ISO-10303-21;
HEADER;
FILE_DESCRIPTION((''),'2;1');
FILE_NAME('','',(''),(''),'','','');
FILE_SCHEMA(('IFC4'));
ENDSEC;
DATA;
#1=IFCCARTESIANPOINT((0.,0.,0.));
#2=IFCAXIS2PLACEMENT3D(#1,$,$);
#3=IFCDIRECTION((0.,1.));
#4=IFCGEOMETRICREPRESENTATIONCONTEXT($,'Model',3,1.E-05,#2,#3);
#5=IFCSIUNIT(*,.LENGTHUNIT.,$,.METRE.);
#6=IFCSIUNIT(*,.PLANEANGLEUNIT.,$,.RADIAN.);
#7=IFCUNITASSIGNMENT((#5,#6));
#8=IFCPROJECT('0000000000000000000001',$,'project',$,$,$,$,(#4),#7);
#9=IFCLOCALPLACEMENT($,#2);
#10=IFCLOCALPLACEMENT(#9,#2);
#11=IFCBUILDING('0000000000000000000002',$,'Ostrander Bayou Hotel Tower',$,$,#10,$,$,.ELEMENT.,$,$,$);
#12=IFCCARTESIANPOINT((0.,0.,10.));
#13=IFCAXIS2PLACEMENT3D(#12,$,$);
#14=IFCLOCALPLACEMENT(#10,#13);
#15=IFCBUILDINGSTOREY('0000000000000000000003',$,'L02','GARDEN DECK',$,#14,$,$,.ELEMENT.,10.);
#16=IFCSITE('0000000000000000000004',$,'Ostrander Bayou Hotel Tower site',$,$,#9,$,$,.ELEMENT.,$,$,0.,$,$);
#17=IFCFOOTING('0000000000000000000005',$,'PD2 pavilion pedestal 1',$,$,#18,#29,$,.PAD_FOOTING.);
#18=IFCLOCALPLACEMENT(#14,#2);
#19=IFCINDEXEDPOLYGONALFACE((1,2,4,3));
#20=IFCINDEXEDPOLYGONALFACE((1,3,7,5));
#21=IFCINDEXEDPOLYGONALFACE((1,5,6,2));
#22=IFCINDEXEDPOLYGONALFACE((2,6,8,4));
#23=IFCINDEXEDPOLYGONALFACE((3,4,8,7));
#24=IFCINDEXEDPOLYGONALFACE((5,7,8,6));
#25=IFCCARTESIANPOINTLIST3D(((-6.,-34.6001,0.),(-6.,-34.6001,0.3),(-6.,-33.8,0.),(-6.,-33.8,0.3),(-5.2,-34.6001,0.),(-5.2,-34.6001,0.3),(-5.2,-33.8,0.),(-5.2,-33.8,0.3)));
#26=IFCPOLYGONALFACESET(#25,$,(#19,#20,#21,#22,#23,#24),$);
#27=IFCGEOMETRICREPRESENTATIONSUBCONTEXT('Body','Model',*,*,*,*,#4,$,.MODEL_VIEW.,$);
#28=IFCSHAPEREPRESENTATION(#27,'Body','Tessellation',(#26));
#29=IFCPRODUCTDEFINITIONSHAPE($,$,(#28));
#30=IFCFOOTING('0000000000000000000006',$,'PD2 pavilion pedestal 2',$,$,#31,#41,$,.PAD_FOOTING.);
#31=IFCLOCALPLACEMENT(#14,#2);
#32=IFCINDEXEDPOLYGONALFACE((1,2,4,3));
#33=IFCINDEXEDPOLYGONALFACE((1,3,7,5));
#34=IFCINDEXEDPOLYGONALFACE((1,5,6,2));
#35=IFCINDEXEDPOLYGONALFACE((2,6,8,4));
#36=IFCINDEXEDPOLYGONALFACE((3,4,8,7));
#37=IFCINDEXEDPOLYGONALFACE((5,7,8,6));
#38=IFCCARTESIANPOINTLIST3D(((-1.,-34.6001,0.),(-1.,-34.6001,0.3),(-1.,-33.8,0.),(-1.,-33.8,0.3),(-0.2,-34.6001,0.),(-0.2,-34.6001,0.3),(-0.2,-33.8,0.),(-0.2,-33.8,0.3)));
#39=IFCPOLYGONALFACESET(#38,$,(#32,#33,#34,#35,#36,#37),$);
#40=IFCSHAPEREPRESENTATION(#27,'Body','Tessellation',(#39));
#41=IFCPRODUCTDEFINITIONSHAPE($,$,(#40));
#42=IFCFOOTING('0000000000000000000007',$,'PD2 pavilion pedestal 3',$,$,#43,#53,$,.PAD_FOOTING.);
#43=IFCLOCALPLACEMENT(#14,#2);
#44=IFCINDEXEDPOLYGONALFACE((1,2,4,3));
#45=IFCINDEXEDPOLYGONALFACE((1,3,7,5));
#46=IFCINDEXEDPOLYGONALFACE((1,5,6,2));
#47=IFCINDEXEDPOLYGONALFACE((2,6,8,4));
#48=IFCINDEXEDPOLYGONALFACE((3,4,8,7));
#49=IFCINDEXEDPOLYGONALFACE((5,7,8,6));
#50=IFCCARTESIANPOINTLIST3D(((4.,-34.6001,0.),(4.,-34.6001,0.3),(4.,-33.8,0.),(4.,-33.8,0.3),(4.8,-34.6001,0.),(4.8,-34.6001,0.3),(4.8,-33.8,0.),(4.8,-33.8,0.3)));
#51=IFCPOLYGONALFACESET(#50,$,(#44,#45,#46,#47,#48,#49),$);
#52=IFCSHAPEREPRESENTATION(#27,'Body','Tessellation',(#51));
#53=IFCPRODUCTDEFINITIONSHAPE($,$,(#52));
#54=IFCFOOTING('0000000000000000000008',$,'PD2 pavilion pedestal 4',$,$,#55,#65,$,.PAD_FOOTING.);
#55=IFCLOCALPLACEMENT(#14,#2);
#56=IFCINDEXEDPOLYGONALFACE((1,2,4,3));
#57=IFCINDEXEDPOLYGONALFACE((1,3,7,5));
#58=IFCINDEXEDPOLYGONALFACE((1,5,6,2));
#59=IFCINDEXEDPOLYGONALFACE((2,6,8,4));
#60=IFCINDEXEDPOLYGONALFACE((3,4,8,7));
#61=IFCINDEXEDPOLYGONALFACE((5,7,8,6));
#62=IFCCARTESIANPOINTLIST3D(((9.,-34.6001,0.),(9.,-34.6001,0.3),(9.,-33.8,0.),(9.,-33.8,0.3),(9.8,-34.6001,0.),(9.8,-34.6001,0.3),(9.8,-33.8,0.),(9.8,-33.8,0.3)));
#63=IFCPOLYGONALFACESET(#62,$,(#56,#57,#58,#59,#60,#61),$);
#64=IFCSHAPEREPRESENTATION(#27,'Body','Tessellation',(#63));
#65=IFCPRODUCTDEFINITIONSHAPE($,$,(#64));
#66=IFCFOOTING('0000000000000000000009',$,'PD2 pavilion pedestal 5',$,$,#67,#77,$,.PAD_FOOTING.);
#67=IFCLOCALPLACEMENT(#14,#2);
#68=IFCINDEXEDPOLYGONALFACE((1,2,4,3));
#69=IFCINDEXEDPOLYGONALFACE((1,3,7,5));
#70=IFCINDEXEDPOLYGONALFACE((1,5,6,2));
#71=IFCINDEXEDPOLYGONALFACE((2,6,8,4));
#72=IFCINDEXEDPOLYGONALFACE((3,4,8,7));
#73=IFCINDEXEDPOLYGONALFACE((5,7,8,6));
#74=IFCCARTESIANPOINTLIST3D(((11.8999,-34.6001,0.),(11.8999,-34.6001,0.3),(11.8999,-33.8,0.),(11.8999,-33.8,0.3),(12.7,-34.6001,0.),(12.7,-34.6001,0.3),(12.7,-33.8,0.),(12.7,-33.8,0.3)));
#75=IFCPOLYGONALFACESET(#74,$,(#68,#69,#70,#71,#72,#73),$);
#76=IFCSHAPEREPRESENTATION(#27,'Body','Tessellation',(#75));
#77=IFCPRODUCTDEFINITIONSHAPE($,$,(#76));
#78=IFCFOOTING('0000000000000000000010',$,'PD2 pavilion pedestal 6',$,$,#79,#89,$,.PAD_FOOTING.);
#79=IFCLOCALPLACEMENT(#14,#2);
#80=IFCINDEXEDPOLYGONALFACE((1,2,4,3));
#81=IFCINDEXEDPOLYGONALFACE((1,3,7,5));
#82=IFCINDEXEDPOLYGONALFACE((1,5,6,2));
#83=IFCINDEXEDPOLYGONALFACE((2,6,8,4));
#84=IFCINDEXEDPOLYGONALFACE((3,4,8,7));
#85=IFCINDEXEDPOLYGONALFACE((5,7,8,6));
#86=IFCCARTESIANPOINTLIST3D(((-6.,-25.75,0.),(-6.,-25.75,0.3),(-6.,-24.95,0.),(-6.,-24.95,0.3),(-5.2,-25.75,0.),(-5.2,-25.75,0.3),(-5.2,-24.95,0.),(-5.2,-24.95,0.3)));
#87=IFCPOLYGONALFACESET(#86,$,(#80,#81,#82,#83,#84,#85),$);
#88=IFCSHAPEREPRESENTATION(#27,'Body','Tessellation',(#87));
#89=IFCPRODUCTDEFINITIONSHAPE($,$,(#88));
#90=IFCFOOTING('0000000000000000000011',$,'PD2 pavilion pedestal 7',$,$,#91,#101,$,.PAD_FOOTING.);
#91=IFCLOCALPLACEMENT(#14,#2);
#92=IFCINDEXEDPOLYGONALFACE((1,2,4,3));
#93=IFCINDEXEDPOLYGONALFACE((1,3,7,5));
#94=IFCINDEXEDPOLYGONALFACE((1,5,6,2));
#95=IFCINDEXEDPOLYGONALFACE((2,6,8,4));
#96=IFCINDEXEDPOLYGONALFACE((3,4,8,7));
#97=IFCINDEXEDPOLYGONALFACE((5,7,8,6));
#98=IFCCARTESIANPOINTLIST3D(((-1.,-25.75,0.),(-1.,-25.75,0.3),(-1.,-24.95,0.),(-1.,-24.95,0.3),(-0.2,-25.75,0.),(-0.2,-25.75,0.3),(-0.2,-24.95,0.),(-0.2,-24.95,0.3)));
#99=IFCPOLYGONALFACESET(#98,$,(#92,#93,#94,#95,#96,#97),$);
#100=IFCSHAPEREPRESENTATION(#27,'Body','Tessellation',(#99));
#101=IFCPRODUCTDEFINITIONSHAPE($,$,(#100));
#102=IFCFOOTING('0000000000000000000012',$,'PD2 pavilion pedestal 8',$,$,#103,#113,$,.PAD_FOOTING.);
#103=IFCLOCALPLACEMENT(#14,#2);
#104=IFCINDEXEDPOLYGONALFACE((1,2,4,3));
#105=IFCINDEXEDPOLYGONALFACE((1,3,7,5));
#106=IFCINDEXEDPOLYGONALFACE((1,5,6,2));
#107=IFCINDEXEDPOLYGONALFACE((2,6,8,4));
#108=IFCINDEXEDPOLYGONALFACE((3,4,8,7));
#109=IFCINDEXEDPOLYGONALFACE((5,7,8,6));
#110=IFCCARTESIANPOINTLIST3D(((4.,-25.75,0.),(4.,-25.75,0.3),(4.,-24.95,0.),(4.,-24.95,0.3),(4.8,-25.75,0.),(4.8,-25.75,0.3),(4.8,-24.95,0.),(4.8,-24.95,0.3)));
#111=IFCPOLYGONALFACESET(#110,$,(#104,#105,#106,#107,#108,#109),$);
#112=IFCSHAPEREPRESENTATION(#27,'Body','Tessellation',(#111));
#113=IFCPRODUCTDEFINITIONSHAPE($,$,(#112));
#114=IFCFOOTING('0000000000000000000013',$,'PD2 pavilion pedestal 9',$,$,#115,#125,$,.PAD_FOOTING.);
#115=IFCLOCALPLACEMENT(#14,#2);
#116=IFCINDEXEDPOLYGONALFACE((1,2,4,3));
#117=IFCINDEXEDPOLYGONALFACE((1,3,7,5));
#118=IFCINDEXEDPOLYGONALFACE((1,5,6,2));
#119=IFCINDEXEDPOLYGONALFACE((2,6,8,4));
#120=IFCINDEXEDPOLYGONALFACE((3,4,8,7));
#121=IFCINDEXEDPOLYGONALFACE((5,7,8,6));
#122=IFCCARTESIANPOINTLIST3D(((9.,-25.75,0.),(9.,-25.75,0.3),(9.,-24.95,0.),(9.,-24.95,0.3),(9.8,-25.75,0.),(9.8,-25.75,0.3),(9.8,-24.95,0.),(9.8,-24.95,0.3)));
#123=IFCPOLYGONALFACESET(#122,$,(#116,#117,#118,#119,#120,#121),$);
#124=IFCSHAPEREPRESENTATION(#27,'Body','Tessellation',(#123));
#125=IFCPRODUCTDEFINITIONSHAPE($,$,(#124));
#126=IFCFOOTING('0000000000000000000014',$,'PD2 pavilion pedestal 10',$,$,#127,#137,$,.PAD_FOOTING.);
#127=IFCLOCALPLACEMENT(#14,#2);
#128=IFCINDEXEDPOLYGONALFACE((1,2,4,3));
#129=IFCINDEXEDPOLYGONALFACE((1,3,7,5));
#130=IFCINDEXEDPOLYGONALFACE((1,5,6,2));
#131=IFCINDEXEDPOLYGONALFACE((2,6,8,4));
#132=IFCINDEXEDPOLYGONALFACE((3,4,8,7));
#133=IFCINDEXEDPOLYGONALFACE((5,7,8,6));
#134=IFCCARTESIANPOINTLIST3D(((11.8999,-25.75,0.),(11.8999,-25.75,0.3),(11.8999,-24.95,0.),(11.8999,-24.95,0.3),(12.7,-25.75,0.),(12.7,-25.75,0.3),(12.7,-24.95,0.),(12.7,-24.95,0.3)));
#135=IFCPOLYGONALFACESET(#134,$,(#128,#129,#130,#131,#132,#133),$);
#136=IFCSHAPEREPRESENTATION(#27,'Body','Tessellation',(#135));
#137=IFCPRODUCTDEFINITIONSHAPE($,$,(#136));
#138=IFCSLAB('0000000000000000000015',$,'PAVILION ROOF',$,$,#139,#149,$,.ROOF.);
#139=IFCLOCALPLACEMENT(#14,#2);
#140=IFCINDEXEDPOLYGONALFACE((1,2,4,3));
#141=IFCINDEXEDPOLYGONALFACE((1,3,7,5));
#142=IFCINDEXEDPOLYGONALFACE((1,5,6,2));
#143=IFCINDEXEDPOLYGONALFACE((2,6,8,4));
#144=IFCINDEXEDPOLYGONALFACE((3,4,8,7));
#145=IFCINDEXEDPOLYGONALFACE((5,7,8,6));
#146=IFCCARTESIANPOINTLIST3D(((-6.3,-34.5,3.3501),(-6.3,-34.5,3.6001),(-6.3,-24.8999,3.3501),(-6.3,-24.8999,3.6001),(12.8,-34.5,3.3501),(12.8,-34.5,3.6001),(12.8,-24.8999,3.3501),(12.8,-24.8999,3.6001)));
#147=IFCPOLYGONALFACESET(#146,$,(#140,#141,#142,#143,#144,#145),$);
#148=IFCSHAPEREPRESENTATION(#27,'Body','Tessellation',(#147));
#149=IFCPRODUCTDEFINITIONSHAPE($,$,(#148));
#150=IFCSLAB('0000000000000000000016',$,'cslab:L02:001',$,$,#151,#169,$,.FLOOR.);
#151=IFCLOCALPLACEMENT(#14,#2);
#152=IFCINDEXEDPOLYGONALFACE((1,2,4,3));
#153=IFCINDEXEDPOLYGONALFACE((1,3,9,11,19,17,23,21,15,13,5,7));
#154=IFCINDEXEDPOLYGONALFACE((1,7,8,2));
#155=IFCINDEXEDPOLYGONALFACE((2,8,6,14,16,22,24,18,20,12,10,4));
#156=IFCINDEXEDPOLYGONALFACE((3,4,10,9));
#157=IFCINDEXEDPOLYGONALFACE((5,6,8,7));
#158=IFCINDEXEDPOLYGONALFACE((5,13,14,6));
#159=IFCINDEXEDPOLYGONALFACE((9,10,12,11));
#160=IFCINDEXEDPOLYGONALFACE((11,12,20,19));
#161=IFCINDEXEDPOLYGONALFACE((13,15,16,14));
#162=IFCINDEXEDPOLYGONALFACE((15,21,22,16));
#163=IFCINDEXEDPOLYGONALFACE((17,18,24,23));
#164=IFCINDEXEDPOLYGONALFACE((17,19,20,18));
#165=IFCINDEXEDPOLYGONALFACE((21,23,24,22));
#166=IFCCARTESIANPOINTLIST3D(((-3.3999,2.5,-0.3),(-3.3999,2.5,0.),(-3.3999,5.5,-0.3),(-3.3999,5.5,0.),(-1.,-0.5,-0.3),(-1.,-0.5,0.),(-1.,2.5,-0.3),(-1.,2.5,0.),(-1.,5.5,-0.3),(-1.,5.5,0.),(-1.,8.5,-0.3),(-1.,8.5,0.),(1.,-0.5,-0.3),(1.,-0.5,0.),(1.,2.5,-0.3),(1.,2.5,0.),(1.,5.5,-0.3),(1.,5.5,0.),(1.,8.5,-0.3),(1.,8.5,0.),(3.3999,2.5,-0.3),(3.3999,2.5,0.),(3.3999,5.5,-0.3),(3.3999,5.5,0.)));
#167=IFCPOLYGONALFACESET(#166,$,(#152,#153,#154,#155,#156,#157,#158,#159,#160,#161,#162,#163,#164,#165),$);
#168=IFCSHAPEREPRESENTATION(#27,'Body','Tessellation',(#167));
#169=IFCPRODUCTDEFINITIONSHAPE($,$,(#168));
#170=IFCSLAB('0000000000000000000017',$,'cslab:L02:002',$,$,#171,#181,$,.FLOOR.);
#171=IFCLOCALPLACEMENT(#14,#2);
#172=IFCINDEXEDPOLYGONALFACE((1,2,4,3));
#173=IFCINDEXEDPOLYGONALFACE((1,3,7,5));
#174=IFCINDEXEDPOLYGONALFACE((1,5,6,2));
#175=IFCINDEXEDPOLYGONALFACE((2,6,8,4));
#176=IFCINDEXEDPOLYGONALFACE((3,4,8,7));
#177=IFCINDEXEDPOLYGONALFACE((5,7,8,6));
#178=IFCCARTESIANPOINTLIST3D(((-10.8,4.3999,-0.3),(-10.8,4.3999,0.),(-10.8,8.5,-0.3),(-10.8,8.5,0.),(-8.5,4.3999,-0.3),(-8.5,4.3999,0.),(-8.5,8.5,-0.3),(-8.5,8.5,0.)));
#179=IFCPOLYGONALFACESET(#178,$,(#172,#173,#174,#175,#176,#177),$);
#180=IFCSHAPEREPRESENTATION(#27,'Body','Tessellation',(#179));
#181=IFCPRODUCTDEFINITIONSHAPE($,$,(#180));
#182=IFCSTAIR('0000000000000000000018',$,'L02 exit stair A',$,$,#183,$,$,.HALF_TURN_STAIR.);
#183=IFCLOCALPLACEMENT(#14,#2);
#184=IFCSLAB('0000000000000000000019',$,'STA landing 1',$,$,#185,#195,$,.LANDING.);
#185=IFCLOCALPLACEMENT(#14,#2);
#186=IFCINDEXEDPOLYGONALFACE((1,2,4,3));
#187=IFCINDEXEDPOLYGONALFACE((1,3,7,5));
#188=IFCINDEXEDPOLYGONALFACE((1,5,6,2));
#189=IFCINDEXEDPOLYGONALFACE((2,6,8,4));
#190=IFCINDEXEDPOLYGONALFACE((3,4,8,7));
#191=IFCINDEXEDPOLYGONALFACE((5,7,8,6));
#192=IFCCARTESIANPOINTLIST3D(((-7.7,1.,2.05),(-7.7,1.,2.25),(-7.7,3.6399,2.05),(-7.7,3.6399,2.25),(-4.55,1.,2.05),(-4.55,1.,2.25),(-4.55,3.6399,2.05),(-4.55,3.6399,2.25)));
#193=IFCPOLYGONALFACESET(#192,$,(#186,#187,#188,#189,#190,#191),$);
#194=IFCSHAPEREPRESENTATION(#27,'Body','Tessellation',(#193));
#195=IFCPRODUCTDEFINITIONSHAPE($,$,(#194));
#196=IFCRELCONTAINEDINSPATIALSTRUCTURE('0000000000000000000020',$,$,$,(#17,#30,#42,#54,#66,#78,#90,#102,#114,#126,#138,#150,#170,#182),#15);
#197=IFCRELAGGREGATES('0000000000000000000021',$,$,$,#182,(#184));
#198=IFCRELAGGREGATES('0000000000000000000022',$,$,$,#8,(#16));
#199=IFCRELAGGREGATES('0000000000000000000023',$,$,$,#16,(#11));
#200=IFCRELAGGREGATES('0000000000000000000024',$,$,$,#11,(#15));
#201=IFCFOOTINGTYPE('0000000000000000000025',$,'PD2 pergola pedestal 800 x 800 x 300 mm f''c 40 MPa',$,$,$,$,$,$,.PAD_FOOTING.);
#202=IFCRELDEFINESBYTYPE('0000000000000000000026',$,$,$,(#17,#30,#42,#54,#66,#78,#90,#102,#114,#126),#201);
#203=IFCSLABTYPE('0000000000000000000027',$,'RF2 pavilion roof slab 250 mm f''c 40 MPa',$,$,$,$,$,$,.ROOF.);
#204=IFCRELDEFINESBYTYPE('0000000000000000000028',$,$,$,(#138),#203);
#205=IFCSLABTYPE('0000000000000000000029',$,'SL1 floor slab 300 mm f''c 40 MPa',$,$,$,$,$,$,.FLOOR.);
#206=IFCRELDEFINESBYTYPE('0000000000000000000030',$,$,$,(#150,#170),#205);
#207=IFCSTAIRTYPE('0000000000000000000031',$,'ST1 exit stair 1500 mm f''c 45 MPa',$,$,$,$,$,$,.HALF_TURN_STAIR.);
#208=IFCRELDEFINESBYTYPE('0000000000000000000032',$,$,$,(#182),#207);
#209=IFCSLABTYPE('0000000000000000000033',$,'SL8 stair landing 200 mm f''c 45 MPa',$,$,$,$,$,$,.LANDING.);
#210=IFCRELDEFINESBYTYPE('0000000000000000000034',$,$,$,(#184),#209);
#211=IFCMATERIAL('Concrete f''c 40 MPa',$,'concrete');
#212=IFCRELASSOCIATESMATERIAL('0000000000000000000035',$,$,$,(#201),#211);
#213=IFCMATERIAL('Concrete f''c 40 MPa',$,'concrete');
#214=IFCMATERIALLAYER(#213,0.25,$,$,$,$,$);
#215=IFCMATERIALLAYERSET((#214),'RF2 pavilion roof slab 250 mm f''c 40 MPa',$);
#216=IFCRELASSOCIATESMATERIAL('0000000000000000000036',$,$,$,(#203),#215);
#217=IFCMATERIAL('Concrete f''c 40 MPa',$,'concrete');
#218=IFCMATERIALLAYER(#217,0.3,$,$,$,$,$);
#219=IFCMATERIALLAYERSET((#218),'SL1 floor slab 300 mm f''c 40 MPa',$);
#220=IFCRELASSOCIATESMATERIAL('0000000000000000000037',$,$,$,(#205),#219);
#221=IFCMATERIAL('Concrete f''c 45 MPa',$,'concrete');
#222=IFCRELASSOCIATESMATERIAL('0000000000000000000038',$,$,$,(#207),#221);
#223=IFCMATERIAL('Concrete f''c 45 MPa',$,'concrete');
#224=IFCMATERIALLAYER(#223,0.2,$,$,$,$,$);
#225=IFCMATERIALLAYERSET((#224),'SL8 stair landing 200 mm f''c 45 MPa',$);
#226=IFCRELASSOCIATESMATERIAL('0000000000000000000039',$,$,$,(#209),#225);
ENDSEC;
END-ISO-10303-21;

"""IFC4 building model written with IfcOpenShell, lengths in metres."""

from ifc_helpers import new_model, si_unit, direction, frame, origin, place, context, subcontext, project, spatial, polyline, outline, extrude, material, layer, layer_set, type_object, element, aggregate, save


model = new_model("IFC4")

# Units and contexts
model_context = context("Model", 3, precision=1e-05, world=origin(), true_north=direction((0.0, 1.0)))
body_context = subcontext(model_context, "Body", "Model", "MODEL_VIEW")
ifc_project = project(units=[si_unit("LENGTHUNIT", "METRE"), si_unit("PLANEANGLEUNIT", "RADIAN")], contexts=[model_context])

# Site, building, storey
site_placement = place(None, origin())
site = spatial("IfcSite", under=ifc_project, at=site_placement, Name="Ostrander Bayou Hotel Tower site", CompositionType="ELEMENT", RefElevation=0.0)
building_placement = place(site_placement, origin())
building = spatial("IfcBuilding", under=site, at=building_placement, Name="Ostrander Bayou Hotel Tower", CompositionType="ELEMENT")
storey_placement = place(building_placement, frame((0.0, 0.0, 10.0)))
storey = spatial("IfcBuildingStorey", under=building, at=storey_placement, Name="L02", Description="GARDEN DECK", CompositionType="ELEMENT", Elevation=10.0)

# Footings
ifc_material_1 = material(Name="Concrete f'c 40 MPa", Category="concrete")
footing_type = type_object("IfcFootingType", Name="PD2 pergola pedestal 800 x 800 x 300 mm f'c 40 MPa", PredefinedType="PAD_FOOTING", material=ifc_material_1)
footing_1_placement = place(storey_placement, origin())
element("IfcFooting", 1, at=footing_1_placement, inside=storey, type_object=footing_type, Name="PD2 pavilion pedestal 1", PredefinedType="PAD_FOOTING", context=body_context, shape_type="SweptSolid", body=[
    extrude(outline(polyline([(-5.2, -34.6001), (-5.2, -33.8), (-6.0, -33.8), (-6.0, -34.6001), (-5.2, -34.6001)])), origin(), (0.0, 0.0, 1.0), 0.3),
])
footing_2_placement = place(storey_placement, origin())
element("IfcFooting", 2, at=footing_2_placement, inside=storey, type_object=footing_type, Name="PD2 pavilion pedestal 2", PredefinedType="PAD_FOOTING", context=body_context, shape_type="SweptSolid", body=[
    extrude(outline(polyline([(-0.2, -34.6001), (-0.2, -33.8), (-1.0, -33.8), (-1.0, -34.6001), (-0.2, -34.6001)])), origin(), (0.0, 0.0, 1.0), 0.3),
])
footing_3_placement = place(storey_placement, origin())
element("IfcFooting", 3, at=footing_3_placement, inside=storey, type_object=footing_type, Name="PD2 pavilion pedestal 3", PredefinedType="PAD_FOOTING", context=body_context, shape_type="SweptSolid", body=[
    extrude(outline(polyline([(4.8, -34.6001), (4.8, -33.8), (4.0, -33.8), (4.0, -34.6001), (4.8, -34.6001)])), origin(), (0.0, 0.0, 1.0), 0.3),
])
footing_4_placement = place(storey_placement, origin())
element("IfcFooting", 4, at=footing_4_placement, inside=storey, type_object=footing_type, Name="PD2 pavilion pedestal 4", PredefinedType="PAD_FOOTING", context=body_context, shape_type="SweptSolid", body=[
    extrude(outline(polyline([(9.8, -34.6001), (9.8, -33.8), (9.0, -33.8), (9.0, -34.6001), (9.8, -34.6001)])), origin(), (0.0, 0.0, 1.0), 0.3),
])
footing_5_placement = place(storey_placement, origin())
element("IfcFooting", 5, at=footing_5_placement, inside=storey, type_object=footing_type, Name="PD2 pavilion pedestal 5", PredefinedType="PAD_FOOTING", context=body_context, shape_type="SweptSolid", body=[
    extrude(outline(polyline([(12.7, -34.6001), (12.7, -33.8), (11.8999, -33.8), (11.8999, -34.6001), (12.7, -34.6001)])), origin(), (0.0, 0.0, 1.0), 0.3),
])
footing_6_placement = place(storey_placement, origin())
element("IfcFooting", 6, at=footing_6_placement, inside=storey, type_object=footing_type, Name="PD2 pavilion pedestal 6", PredefinedType="PAD_FOOTING", context=body_context, shape_type="SweptSolid", body=[
    extrude(outline(polyline([(-5.2, -25.75), (-5.2, -24.95), (-6.0, -24.95), (-6.0, -25.75), (-5.2, -25.75)])), origin(), (0.0, 0.0, 1.0), 0.3),
])
footing_7_placement = place(storey_placement, origin())
element("IfcFooting", 7, at=footing_7_placement, inside=storey, type_object=footing_type, Name="PD2 pavilion pedestal 7", PredefinedType="PAD_FOOTING", context=body_context, shape_type="SweptSolid", body=[
    extrude(outline(polyline([(-0.2, -25.75), (-0.2, -24.95), (-1.0, -24.95), (-1.0, -25.75), (-0.2, -25.75)])), origin(), (0.0, 0.0, 1.0), 0.3),
])
footing_8_placement = place(storey_placement, origin())
element("IfcFooting", 8, at=footing_8_placement, inside=storey, type_object=footing_type, Name="PD2 pavilion pedestal 8", PredefinedType="PAD_FOOTING", context=body_context, shape_type="SweptSolid", body=[
    extrude(outline(polyline([(4.8, -25.75), (4.8, -24.95), (4.0, -24.95), (4.0, -25.75), (4.8, -25.75)])), origin(), (0.0, 0.0, 1.0), 0.3),
])
footing_9_placement = place(storey_placement, origin())
element("IfcFooting", 9, at=footing_9_placement, inside=storey, type_object=footing_type, Name="PD2 pavilion pedestal 9", PredefinedType="PAD_FOOTING", context=body_context, shape_type="SweptSolid", body=[
    extrude(outline(polyline([(9.8, -25.75), (9.8, -24.95), (9.0, -24.95), (9.0, -25.75), (9.8, -25.75)])), origin(), (0.0, 0.0, 1.0), 0.3),
])
footing_10_placement = place(storey_placement, origin())
element("IfcFooting", 10, at=footing_10_placement, inside=storey, type_object=footing_type, Name="PD2 pavilion pedestal 10", PredefinedType="PAD_FOOTING", context=body_context, shape_type="SweptSolid", body=[
    extrude(outline(polyline([(12.7, -25.75), (12.7, -24.95), (11.8999, -24.95), (11.8999, -25.75), (12.7, -25.75)])), origin(), (0.0, 0.0, 1.0), 0.3),
])

# Slabs
ifc_material_2 = material(Name="Concrete f'c 40 MPa", Category="concrete")
ifc_layer_1 = layer(ifc_material_2, 0.25)
ifc_layer_set_1 = layer_set([ifc_layer_1], Name="RF2 pavilion roof slab 250 mm f'c 40 MPa")
slab_type_1 = type_object("IfcSlabType", Name="RF2 pavilion roof slab 250 mm f'c 40 MPa", PredefinedType="ROOF", material=ifc_layer_set_1)
slab_1_placement = place(storey_placement, frame((0.0, 0.0, 3.3501)))
element("IfcSlab", 11, at=slab_1_placement, inside=storey, type_object=slab_type_1, Name="PAVILION ROOF", PredefinedType="ROOF", context=body_context, shape_type="SweptSolid", body=[
    extrude(outline(polyline([(12.8, -34.5), (12.8, -24.8999), (-6.3, -24.8999), (-6.3, -34.5), (12.8, -34.5)])), origin(), (0.0, 0.0, 1.0), 0.25),
])
ifc_material_3 = material(Name="Concrete f'c 40 MPa", Category="concrete")
ifc_layer_2 = layer(ifc_material_3, 0.3)
ifc_layer_set_2 = layer_set([ifc_layer_2], Name="SL1 floor slab 300 mm f'c 40 MPa")
slab_type_2 = type_object("IfcSlabType", Name="SL1 floor slab 300 mm f'c 40 MPa", PredefinedType="FLOOR", material=ifc_layer_set_2)
slab_2_placement = place(storey_placement, frame((0.0, 0.0, -0.3)))
element("IfcSlab", 12, at=slab_2_placement, inside=storey, type_object=slab_type_2, Name="cslab:L02:001", PredefinedType="FLOOR", context=body_context, shape_type="SweptSolid", body=[
    extrude(outline(polyline([(-3.3999, 5.5), (-1.0, 5.5), (-1.0, 8.5), (1.0, 8.5), (1.0, 5.5), (3.3999, 5.5), (3.3999, 2.5), (1.0, 2.5), (1.0, -0.5), (-1.0, -0.5), (-1.0, 2.5), (-3.3999, 2.5), (-3.3999, 5.5)])), origin(), (0.0, 0.0, 1.0), 0.3),
])
slab_3_placement = place(storey_placement, frame((0.0, 0.0, -0.3)))
element("IfcSlab", 13, at=slab_3_placement, inside=storey, type_object=slab_type_2, Name="cslab:L02:002", PredefinedType="FLOOR", context=body_context, shape_type="SweptSolid", body=[
    extrude(outline(polyline([(-8.5, 4.3999), (-8.5, 8.5), (-10.8, 8.5), (-10.8, 4.3999), (-8.5, 4.3999)])), origin(), (0.0, 0.0, 1.0), 0.3),
])

# Stair, slab
ifc_material_4 = material(Name="Concrete f'c 45 MPa", Category="concrete")
stair_type = type_object("IfcStairType", Name="ST1 exit stair 1500 mm f'c 45 MPa", PredefinedType="HALF_TURN_STAIR", material=ifc_material_4)
stair_1_placement = place(storey_placement, origin())
stair_1 = element("IfcStair", 14, at=stair_1_placement, inside=storey, type_object=stair_type, Name="L02 exit stair A", PredefinedType="HALF_TURN_STAIR")
ifc_material_5 = material(Name="Concrete f'c 45 MPa", Category="concrete")
ifc_layer_3 = layer(ifc_material_5, 0.2)
ifc_layer_set_3 = layer_set([ifc_layer_3], Name="SL8 stair landing 200 mm f'c 45 MPa")
slab_type_3 = type_object("IfcSlabType", Name="SL8 stair landing 200 mm f'c 45 MPa", PredefinedType="LANDING", material=ifc_layer_set_3)
slab_4_placement = place(storey_placement, frame((0.0, 0.0, 2.05)))
slab_4 = element("IfcSlab", 15, at=slab_4_placement, type_object=slab_type_3, Name="STA landing 1", PredefinedType="LANDING", context=body_context, shape_type="SweptSolid", body=[
    extrude(outline(polyline([(-7.7, 3.6399), (-7.7, 1.0), (-4.55, 1.0), (-4.55, 3.6399), (-7.7, 3.6399)])), origin(), (0.0, 0.0, 1.0), 0.2),
])
aggregate(stair_1, [slab_4])

save(model, "model.ifc")
